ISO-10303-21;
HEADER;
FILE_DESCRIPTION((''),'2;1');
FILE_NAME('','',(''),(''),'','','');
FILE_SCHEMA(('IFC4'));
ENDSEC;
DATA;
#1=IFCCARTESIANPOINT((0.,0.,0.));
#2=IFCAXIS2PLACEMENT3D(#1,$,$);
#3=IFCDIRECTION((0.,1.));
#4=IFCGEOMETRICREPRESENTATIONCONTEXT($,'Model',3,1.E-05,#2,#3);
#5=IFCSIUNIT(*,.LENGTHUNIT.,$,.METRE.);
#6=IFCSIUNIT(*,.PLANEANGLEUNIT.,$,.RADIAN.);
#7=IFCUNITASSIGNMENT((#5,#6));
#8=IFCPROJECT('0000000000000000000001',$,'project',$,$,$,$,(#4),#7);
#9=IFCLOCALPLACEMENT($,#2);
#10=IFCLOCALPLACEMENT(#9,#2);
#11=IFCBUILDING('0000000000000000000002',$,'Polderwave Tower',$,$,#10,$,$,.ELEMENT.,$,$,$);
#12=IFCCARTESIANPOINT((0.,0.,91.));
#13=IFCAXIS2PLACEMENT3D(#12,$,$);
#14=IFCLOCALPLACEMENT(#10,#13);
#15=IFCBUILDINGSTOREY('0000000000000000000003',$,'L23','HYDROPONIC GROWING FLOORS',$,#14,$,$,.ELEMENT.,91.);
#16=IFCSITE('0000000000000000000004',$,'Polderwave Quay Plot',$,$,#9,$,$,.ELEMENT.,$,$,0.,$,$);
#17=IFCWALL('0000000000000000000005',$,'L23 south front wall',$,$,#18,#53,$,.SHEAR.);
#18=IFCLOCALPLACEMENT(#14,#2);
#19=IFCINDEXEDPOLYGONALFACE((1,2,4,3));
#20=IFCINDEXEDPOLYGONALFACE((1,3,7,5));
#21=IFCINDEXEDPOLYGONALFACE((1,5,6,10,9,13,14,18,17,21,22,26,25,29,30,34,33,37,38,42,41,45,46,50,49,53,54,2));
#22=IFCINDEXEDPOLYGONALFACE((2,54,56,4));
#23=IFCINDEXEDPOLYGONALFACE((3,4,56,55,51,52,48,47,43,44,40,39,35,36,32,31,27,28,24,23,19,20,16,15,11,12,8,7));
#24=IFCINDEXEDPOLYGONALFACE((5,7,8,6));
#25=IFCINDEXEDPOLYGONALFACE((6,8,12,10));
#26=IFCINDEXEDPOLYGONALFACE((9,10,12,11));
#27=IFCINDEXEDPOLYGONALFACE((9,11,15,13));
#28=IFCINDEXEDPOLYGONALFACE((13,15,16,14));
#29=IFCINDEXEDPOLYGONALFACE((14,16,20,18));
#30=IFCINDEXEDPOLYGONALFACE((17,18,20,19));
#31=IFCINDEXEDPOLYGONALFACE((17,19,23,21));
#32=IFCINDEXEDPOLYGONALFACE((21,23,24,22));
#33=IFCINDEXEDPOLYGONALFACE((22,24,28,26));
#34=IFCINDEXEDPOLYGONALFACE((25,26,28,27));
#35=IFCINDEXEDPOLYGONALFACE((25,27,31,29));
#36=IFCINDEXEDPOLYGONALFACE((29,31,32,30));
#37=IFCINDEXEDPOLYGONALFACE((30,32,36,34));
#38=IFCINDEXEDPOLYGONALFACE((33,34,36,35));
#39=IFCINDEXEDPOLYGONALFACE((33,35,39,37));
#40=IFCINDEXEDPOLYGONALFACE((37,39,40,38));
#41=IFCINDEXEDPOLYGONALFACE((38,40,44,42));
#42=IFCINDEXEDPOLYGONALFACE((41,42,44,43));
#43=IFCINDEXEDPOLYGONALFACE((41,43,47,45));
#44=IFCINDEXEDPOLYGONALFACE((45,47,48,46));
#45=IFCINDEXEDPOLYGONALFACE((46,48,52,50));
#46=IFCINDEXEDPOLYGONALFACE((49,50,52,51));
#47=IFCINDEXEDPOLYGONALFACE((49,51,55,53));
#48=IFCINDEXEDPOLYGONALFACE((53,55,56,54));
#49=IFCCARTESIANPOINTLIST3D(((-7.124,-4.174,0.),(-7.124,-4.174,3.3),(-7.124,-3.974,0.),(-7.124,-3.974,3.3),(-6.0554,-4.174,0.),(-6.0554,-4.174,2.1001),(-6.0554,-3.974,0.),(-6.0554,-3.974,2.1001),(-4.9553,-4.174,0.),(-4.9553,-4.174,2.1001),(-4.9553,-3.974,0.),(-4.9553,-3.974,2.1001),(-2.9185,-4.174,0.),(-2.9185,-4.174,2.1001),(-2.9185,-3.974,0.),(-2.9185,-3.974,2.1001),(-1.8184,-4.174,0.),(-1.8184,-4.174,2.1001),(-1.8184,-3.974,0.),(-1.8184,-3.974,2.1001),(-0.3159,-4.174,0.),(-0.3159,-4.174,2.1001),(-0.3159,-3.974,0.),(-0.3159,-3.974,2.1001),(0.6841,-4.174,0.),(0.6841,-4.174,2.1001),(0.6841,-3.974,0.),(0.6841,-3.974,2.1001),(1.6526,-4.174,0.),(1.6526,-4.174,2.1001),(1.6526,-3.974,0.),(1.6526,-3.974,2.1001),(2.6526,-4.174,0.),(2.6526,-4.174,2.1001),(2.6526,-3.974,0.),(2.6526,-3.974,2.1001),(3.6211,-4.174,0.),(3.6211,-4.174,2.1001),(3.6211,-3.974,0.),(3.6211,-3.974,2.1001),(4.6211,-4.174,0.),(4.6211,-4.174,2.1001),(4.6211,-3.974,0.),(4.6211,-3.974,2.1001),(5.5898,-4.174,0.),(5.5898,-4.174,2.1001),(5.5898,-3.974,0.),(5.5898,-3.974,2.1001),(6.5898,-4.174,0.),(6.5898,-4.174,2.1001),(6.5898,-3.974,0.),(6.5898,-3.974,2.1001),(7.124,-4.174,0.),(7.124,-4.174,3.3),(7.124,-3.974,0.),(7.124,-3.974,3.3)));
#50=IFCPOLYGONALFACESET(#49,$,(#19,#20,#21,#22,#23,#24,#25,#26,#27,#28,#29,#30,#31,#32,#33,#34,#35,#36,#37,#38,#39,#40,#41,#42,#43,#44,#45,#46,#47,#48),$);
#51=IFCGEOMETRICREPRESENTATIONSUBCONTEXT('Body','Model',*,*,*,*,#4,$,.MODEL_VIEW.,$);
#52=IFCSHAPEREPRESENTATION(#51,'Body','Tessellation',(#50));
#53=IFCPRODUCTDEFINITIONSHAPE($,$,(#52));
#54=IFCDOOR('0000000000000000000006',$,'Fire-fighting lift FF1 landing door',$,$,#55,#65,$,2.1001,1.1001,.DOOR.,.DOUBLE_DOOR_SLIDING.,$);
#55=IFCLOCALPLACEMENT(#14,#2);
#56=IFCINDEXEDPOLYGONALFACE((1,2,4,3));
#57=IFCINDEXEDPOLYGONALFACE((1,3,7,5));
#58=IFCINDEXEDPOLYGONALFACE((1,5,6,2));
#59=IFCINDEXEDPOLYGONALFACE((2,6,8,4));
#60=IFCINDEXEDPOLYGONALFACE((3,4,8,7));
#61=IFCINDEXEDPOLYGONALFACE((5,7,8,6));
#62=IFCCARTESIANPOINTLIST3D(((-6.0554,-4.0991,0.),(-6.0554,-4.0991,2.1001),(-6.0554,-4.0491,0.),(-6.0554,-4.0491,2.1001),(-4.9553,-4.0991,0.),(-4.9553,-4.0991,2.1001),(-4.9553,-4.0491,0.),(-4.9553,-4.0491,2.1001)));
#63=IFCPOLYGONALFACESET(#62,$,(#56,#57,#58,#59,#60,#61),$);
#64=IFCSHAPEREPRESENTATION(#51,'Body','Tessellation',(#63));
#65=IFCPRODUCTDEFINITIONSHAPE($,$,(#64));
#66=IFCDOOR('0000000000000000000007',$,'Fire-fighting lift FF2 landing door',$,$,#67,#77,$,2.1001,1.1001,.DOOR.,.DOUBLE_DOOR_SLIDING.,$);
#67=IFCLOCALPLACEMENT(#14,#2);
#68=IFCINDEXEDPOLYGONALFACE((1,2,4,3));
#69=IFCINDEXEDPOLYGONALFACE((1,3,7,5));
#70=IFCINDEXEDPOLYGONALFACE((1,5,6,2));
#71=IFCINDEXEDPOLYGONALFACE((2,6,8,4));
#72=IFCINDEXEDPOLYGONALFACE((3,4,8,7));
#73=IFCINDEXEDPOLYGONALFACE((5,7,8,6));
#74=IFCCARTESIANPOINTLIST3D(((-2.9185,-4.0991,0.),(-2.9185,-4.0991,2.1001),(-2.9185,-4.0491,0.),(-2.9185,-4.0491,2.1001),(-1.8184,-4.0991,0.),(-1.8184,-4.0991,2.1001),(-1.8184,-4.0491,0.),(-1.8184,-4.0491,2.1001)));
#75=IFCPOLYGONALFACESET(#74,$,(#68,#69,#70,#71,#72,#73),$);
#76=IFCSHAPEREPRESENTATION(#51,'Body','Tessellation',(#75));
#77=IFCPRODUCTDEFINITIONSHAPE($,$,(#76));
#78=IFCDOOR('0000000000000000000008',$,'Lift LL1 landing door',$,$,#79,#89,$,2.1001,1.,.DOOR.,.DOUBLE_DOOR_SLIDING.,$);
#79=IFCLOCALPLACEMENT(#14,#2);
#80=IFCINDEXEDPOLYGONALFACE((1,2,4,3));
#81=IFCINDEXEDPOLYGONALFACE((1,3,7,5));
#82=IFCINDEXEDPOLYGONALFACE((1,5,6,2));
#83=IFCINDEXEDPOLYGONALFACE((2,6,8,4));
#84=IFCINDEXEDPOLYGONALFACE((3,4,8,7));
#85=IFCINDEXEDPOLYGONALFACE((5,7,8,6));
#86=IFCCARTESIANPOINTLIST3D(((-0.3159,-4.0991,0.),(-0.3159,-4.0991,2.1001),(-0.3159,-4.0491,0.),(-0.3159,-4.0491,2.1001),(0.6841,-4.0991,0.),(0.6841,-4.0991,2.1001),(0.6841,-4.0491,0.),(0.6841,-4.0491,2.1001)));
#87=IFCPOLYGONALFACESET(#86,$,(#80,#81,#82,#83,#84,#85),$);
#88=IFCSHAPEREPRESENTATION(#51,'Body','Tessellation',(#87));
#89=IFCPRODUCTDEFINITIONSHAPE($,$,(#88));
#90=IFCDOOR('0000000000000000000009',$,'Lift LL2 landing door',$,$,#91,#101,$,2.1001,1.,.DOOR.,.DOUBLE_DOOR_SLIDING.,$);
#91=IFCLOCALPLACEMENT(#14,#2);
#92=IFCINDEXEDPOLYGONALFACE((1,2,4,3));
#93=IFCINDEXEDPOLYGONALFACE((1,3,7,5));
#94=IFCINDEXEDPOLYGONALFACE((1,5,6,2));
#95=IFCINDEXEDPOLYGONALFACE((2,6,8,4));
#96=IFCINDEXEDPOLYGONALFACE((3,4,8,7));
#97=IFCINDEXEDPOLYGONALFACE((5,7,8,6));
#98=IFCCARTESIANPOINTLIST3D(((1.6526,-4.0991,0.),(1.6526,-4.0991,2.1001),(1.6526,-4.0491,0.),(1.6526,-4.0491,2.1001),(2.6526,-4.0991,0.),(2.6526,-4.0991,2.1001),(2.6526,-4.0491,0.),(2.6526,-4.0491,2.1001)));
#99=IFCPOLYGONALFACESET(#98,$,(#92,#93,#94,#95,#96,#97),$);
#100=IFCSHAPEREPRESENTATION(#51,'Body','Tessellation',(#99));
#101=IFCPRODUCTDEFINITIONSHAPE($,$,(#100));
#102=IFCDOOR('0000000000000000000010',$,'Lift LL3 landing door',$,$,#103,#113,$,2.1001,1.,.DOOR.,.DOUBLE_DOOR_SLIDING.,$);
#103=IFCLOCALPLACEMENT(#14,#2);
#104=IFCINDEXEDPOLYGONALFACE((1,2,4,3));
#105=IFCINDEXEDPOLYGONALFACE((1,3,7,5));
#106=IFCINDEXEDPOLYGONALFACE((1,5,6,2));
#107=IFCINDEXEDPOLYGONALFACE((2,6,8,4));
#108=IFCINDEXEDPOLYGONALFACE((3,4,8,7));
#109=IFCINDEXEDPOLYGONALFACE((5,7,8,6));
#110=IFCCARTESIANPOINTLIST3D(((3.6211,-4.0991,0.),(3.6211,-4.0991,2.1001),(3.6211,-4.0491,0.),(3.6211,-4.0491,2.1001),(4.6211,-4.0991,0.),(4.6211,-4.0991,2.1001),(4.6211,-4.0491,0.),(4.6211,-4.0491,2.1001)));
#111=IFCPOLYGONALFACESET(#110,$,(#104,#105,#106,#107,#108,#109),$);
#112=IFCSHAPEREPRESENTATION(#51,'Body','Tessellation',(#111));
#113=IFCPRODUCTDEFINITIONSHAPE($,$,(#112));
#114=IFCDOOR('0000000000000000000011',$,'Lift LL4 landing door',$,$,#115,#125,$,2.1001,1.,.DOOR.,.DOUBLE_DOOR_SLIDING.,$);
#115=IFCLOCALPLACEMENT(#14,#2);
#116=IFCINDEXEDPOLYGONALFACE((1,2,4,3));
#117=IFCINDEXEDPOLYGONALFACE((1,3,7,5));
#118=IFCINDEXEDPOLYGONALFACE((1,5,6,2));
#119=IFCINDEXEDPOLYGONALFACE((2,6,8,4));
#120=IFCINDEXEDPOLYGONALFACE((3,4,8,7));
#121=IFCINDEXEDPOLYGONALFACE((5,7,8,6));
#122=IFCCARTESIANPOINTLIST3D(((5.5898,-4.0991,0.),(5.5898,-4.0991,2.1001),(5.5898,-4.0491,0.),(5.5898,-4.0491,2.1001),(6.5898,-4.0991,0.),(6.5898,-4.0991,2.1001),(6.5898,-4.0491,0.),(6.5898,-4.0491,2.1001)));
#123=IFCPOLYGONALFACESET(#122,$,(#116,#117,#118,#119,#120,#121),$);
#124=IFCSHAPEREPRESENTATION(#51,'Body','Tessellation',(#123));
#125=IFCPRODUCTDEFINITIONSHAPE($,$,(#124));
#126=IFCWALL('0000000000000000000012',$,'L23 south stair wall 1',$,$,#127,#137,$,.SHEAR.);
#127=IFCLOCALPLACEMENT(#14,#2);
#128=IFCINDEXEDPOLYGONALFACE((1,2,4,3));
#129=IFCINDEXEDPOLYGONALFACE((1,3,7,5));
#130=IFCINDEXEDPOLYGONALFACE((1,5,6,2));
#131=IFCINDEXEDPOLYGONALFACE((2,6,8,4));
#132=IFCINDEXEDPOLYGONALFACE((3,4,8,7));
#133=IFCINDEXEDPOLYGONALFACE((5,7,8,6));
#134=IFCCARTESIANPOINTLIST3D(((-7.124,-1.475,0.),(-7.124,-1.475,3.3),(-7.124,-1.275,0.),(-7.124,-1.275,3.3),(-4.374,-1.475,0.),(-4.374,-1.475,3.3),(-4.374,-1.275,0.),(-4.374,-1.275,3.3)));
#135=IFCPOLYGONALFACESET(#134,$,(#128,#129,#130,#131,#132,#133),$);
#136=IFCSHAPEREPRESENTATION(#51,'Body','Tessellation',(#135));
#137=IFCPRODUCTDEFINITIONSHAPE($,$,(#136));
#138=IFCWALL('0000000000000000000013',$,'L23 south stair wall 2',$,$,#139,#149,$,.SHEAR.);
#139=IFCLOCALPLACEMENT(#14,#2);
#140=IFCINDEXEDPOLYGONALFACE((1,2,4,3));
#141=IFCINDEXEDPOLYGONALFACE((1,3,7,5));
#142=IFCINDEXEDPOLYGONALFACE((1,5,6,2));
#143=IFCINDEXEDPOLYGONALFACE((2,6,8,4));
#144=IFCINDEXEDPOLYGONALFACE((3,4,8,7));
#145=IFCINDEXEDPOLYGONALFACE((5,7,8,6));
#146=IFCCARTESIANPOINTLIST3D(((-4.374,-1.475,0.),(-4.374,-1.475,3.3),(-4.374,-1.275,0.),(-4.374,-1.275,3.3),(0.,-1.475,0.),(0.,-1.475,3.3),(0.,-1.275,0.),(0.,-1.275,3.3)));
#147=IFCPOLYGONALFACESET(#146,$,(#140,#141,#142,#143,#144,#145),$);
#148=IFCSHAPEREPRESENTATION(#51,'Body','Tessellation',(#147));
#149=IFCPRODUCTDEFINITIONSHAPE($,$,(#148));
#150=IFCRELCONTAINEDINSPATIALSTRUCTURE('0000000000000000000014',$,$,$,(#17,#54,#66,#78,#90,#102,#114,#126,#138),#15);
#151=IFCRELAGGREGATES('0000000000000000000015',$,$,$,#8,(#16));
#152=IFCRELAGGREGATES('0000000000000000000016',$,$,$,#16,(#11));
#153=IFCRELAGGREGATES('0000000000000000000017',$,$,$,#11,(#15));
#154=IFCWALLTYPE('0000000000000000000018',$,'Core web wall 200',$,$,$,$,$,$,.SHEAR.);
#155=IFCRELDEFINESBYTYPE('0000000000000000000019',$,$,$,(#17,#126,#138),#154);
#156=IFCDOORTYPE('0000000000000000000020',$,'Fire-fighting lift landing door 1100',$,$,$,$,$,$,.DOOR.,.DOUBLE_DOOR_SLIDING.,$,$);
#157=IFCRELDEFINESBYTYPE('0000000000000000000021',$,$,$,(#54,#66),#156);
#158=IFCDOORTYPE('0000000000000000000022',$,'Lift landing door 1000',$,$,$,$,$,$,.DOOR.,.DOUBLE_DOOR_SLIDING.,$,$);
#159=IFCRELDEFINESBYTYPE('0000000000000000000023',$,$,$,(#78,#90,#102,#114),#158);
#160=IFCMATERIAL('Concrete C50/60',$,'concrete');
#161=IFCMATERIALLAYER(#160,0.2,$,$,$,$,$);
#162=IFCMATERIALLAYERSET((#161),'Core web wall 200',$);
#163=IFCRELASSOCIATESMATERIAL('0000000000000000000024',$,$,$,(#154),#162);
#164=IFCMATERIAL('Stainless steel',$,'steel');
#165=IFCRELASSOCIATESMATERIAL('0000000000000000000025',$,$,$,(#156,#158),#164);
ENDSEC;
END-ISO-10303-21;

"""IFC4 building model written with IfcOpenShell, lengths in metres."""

from ifc_helpers import new_model, si_unit, direction, frame, frame_2d, origin, place, context, subcontext, project, spatial, rectangle, extrude, material, layer, layer_set, type_object, element, fill, save


model = new_model("IFC4")

# Units and contexts
model_context = context("Model", 3, precision=1e-05, world=origin(), true_north=direction((0.0, 1.0)))
body_context = subcontext(model_context, "Body", "Model", "MODEL_VIEW")
ifc_project = project(units=[si_unit("LENGTHUNIT", "METRE"), si_unit("PLANEANGLEUNIT", "RADIAN")], contexts=[model_context])

# Site, building, storey
site_placement = place(None, origin())
site = spatial("IfcSite", under=ifc_project, at=site_placement, Name="Polderwave Quay Plot", CompositionType="ELEMENT", RefElevation=0.0)
building_placement = place(site_placement, origin())
building = spatial("IfcBuilding", under=site, at=building_placement, Name="Polderwave Tower", CompositionType="ELEMENT")
storey_placement = place(building_placement, frame((0.0, 0.0, 91.0)))
storey = spatial("IfcBuildingStorey", under=building, at=storey_placement, Name="L23", Description="HYDROPONIC GROWING FLOORS", CompositionType="ELEMENT", Elevation=91.0)

# Wall, openings, doors
ifc_material_1 = material(Name="Concrete C50/60", Category="concrete")
ifc_layer_1 = layer(ifc_material_1, 0.2)
ifc_layer_set_1 = layer_set([ifc_layer_1], Name="Core web wall 200")
wall_type_1 = type_object("IfcWallType", Name="Core web wall 200", PredefinedType="SHEAR", material=ifc_layer_set_1)
wall_1_placement = place(storey_placement, frame((-7.124, -4.074, 0.0), z_axis=(0.0, 0.0, 1.0), x_axis=(1.0, 0.0, 0.0)))
wall_1 = element("IfcWall", 1, at=wall_1_placement, inside=storey, type_object=wall_type_1, Name="L23 south front wall", PredefinedType="SHEAR", context=body_context, shape_type="SweptSolid", body=[
    extrude(rectangle(XDim=14.248, YDim=0.2, at=frame_2d((7.124, 0.0))), origin(), (0.0, 0.0, 1.0), 3.3),
])
opening_1_placement = place(wall_1_placement, frame((1.0686, 0.0, 0.0)))
opening_1 = element("IfcOpeningElement", 2, at=opening_1_placement, cuts=wall_1, PredefinedType="OPENING", context=body_context, shape_type="SweptSolid", body=[
    extrude(rectangle(XDim=1.1001, YDim=2.1001, at=frame_2d((0.55, 1.05))), frame((0.0, 0.1099, 0.0), z_axis=(0.0, -1.0, 0.0), x_axis=(1.0, 0.0, 0.0)), (0.0, 0.0, 1.0), 0.22),
])
opening_2_placement = place(wall_1_placement, frame((4.2056, 0.0, 0.0)))
opening_2 = element("IfcOpeningElement", 3, at=opening_2_placement, cuts=wall_1, PredefinedType="OPENING", context=body_context, shape_type="SweptSolid", body=[
    extrude(rectangle(XDim=1.1001, YDim=2.1001, at=frame_2d((0.55, 1.05))), frame((0.0, 0.1099, 0.0), z_axis=(0.0, -1.0, 0.0), x_axis=(1.0, 0.0, 0.0)), (0.0, 0.0, 1.0), 0.22),
])
opening_3_placement = place(wall_1_placement, frame((6.8081, 0.0, 0.0)))
opening_3 = element("IfcOpeningElement", 4, at=opening_3_placement, cuts=wall_1, PredefinedType="OPENING", context=body_context, shape_type="SweptSolid", body=[
    extrude(rectangle(XDim=1.0, YDim=2.1001, at=frame_2d((0.5, 1.05))), frame((0.0, 0.1099, 0.0), z_axis=(0.0, -1.0, 0.0), x_axis=(1.0, 0.0, 0.0)), (0.0, 0.0, 1.0), 0.22),
])
opening_4_placement = place(wall_1_placement, frame((8.7766, 0.0, 0.0)))
opening_4 = element("IfcOpeningElement", 5, at=opening_4_placement, cuts=wall_1, PredefinedType="OPENING", context=body_context, shape_type="SweptSolid", body=[
    extrude(rectangle(XDim=1.0, YDim=2.1001, at=frame_2d((0.5, 1.05))), frame((0.0, 0.1099, 0.0), z_axis=(0.0, -1.0, 0.0), x_axis=(1.0, 0.0, 0.0)), (0.0, 0.0, 1.0), 0.22),
])
opening_5_placement = place(wall_1_placement, frame((10.7451, 0.0, 0.0)))
opening_5 = element("IfcOpeningElement", 6, at=opening_5_placement, cuts=wall_1, PredefinedType="OPENING", context=body_context, shape_type="SweptSolid", body=[
    extrude(rectangle(XDim=1.0, YDim=2.1001, at=frame_2d((0.5, 1.05))), frame((0.0, 0.1099, 0.0), z_axis=(0.0, -1.0, 0.0), x_axis=(1.0, 0.0, 0.0)), (0.0, 0.0, 1.0), 0.22),
])
opening_6_placement = place(wall_1_placement, frame((12.7139, 0.0, 0.0)))
opening_6 = element("IfcOpeningElement", 7, at=opening_6_placement, cuts=wall_1, PredefinedType="OPENING", context=body_context, shape_type="SweptSolid", body=[
    extrude(rectangle(XDim=1.0, YDim=2.1001, at=frame_2d((0.5, 1.05))), frame((0.0, 0.1099, 0.0), z_axis=(0.0, -1.0, 0.0), x_axis=(1.0, 0.0, 0.0)), (0.0, 0.0, 1.0), 0.22),
])
ifc_material_2 = material(Name="Stainless steel", Category="steel")
door_type_1 = type_object("IfcDoorType", Name="Fire-fighting lift landing door 1100", OperationType="DOUBLE_DOOR_SLIDING", PredefinedType="DOOR", material=ifc_material_2)
door_1_placement = place(opening_1_placement, origin())
door_1 = element("IfcDoor", 8, at=door_1_placement, inside=storey, type_object=door_type_1, Name="Fire-fighting lift FF1 landing door", OperationType="DOUBLE_DOOR_SLIDING", OverallHeight=2.1001, OverallWidth=1.1001, PredefinedType="DOOR", context=body_context, shape_type="SweptSolid", body=[
    extrude(rectangle(XDim=1.1001, YDim=2.1001, at=frame_2d((0.55, 1.05))), frame((0.0, 0.0249, 0.0), z_axis=(0.0, -1.0, 0.0), x_axis=(1.0, 0.0, 0.0)), (0.0, 0.0, 1.0), 0.05),
])
fill(opening_1, door_1)
door_2_placement = place(opening_2_placement, origin())
door_2 = element("IfcDoor", 9, at=door_2_placement, inside=storey, type_object=door_type_1, Name="Fire-fighting lift FF2 landing door", OperationType="DOUBLE_DOOR_SLIDING", OverallHeight=2.1001, OverallWidth=1.1001, PredefinedType="DOOR", context=body_context, shape_type="SweptSolid", body=[
    extrude(rectangle(XDim=1.1001, YDim=2.1001, at=frame_2d((0.55, 1.05))), frame((0.0, 0.0249, 0.0), z_axis=(0.0, -1.0, 0.0), x_axis=(1.0, 0.0, 0.0)), (0.0, 0.0, 1.0), 0.05),
])
fill(opening_2, door_2)
door_type_2 = type_object("IfcDoorType", Name="Lift landing door 1000", OperationType="DOUBLE_DOOR_SLIDING", PredefinedType="DOOR", material=ifc_material_2)
door_3_placement = place(opening_3_placement, origin())
door_3 = element("IfcDoor", 10, at=door_3_placement, inside=storey, type_object=door_type_2, Name="Lift LL1 landing door", OperationType="DOUBLE_DOOR_SLIDING", OverallHeight=2.1001, OverallWidth=1.0, PredefinedType="DOOR", context=body_context, shape_type="SweptSolid", body=[
    extrude(rectangle(XDim=1.0, YDim=2.1001, at=frame_2d((0.5, 1.05))), frame((0.0, 0.0249, 0.0), z_axis=(0.0, -1.0, 0.0), x_axis=(1.0, 0.0, 0.0)), (0.0, 0.0, 1.0), 0.05),
])
fill(opening_3, door_3)
door_4_placement = place(opening_4_placement, origin())
door_4 = element("IfcDoor", 11, at=door_4_placement, inside=storey, type_object=door_type_2, Name="Lift LL2 landing door", OperationType="DOUBLE_DOOR_SLIDING", OverallHeight=2.1001, OverallWidth=1.0, PredefinedType="DOOR", context=body_context, shape_type="SweptSolid", body=[
    extrude(rectangle(XDim=1.0, YDim=2.1001, at=frame_2d((0.5, 1.05))), frame((0.0, 0.0249, 0.0), z_axis=(0.0, -1.0, 0.0), x_axis=(1.0, 0.0, 0.0)), (0.0, 0.0, 1.0), 0.05),
])
fill(opening_4, door_4)
door_5_placement = place(opening_5_placement, origin())
door_5 = element("IfcDoor", 12, at=door_5_placement, inside=storey, type_object=door_type_2, Name="Lift LL3 landing door", OperationType="DOUBLE_DOOR_SLIDING", OverallHeight=2.1001, OverallWidth=1.0, PredefinedType="DOOR", context=body_context, shape_type="SweptSolid", body=[
    extrude(rectangle(XDim=1.0, YDim=2.1001, at=frame_2d((0.5, 1.05))), frame((0.0, 0.0249, 0.0), z_axis=(0.0, -1.0, 0.0), x_axis=(1.0, 0.0, 0.0)), (0.0, 0.0, 1.0), 0.05),
])
fill(opening_5, door_5)
door_6_placement = place(opening_6_placement, origin())
door_6 = element("IfcDoor", 13, at=door_6_placement, inside=storey, type_object=door_type_2, Name="Lift LL4 landing door", OperationType="DOUBLE_DOOR_SLIDING", OverallHeight=2.1001, OverallWidth=1.0, PredefinedType="DOOR", context=body_context, shape_type="SweptSolid", body=[
    extrude(rectangle(XDim=1.0, YDim=2.1001, at=frame_2d((0.5, 1.05))), frame((0.0, 0.0249, 0.0), z_axis=(0.0, -1.0, 0.0), x_axis=(1.0, 0.0, 0.0)), (0.0, 0.0, 1.0), 0.05),
])
fill(opening_6, door_6)

# Walls
wall_2_placement = place(storey_placement, frame((-7.124, -1.375, 0.0), z_axis=(0.0, 0.0, 1.0), x_axis=(1.0, 0.0, 0.0)))
element("IfcWall", 14, at=wall_2_placement, inside=storey, type_object=wall_type_1, Name="L23 south stair wall 1", PredefinedType="SHEAR", context=body_context, shape_type="SweptSolid", body=[
    extrude(rectangle(XDim=2.75, YDim=0.2, at=frame_2d((1.375, 0.0))), origin(), (0.0, 0.0, 1.0), 3.3),
])
wall_3_placement = place(storey_placement, frame((-4.374, -1.375, 0.0), z_axis=(0.0, 0.0, 1.0), x_axis=(1.0, 0.0, 0.0)))
element("IfcWall", 15, at=wall_3_placement, inside=storey, type_object=wall_type_1, Name="L23 south stair wall 2", PredefinedType="SHEAR", context=body_context, shape_type="SweptSolid", body=[
    extrude(rectangle(XDim=4.374, YDim=0.2, at=frame_2d((2.187, 0.0))), origin(), (0.0, 0.0, 1.0), 3.3),
])

save(model, "model.ifc")
